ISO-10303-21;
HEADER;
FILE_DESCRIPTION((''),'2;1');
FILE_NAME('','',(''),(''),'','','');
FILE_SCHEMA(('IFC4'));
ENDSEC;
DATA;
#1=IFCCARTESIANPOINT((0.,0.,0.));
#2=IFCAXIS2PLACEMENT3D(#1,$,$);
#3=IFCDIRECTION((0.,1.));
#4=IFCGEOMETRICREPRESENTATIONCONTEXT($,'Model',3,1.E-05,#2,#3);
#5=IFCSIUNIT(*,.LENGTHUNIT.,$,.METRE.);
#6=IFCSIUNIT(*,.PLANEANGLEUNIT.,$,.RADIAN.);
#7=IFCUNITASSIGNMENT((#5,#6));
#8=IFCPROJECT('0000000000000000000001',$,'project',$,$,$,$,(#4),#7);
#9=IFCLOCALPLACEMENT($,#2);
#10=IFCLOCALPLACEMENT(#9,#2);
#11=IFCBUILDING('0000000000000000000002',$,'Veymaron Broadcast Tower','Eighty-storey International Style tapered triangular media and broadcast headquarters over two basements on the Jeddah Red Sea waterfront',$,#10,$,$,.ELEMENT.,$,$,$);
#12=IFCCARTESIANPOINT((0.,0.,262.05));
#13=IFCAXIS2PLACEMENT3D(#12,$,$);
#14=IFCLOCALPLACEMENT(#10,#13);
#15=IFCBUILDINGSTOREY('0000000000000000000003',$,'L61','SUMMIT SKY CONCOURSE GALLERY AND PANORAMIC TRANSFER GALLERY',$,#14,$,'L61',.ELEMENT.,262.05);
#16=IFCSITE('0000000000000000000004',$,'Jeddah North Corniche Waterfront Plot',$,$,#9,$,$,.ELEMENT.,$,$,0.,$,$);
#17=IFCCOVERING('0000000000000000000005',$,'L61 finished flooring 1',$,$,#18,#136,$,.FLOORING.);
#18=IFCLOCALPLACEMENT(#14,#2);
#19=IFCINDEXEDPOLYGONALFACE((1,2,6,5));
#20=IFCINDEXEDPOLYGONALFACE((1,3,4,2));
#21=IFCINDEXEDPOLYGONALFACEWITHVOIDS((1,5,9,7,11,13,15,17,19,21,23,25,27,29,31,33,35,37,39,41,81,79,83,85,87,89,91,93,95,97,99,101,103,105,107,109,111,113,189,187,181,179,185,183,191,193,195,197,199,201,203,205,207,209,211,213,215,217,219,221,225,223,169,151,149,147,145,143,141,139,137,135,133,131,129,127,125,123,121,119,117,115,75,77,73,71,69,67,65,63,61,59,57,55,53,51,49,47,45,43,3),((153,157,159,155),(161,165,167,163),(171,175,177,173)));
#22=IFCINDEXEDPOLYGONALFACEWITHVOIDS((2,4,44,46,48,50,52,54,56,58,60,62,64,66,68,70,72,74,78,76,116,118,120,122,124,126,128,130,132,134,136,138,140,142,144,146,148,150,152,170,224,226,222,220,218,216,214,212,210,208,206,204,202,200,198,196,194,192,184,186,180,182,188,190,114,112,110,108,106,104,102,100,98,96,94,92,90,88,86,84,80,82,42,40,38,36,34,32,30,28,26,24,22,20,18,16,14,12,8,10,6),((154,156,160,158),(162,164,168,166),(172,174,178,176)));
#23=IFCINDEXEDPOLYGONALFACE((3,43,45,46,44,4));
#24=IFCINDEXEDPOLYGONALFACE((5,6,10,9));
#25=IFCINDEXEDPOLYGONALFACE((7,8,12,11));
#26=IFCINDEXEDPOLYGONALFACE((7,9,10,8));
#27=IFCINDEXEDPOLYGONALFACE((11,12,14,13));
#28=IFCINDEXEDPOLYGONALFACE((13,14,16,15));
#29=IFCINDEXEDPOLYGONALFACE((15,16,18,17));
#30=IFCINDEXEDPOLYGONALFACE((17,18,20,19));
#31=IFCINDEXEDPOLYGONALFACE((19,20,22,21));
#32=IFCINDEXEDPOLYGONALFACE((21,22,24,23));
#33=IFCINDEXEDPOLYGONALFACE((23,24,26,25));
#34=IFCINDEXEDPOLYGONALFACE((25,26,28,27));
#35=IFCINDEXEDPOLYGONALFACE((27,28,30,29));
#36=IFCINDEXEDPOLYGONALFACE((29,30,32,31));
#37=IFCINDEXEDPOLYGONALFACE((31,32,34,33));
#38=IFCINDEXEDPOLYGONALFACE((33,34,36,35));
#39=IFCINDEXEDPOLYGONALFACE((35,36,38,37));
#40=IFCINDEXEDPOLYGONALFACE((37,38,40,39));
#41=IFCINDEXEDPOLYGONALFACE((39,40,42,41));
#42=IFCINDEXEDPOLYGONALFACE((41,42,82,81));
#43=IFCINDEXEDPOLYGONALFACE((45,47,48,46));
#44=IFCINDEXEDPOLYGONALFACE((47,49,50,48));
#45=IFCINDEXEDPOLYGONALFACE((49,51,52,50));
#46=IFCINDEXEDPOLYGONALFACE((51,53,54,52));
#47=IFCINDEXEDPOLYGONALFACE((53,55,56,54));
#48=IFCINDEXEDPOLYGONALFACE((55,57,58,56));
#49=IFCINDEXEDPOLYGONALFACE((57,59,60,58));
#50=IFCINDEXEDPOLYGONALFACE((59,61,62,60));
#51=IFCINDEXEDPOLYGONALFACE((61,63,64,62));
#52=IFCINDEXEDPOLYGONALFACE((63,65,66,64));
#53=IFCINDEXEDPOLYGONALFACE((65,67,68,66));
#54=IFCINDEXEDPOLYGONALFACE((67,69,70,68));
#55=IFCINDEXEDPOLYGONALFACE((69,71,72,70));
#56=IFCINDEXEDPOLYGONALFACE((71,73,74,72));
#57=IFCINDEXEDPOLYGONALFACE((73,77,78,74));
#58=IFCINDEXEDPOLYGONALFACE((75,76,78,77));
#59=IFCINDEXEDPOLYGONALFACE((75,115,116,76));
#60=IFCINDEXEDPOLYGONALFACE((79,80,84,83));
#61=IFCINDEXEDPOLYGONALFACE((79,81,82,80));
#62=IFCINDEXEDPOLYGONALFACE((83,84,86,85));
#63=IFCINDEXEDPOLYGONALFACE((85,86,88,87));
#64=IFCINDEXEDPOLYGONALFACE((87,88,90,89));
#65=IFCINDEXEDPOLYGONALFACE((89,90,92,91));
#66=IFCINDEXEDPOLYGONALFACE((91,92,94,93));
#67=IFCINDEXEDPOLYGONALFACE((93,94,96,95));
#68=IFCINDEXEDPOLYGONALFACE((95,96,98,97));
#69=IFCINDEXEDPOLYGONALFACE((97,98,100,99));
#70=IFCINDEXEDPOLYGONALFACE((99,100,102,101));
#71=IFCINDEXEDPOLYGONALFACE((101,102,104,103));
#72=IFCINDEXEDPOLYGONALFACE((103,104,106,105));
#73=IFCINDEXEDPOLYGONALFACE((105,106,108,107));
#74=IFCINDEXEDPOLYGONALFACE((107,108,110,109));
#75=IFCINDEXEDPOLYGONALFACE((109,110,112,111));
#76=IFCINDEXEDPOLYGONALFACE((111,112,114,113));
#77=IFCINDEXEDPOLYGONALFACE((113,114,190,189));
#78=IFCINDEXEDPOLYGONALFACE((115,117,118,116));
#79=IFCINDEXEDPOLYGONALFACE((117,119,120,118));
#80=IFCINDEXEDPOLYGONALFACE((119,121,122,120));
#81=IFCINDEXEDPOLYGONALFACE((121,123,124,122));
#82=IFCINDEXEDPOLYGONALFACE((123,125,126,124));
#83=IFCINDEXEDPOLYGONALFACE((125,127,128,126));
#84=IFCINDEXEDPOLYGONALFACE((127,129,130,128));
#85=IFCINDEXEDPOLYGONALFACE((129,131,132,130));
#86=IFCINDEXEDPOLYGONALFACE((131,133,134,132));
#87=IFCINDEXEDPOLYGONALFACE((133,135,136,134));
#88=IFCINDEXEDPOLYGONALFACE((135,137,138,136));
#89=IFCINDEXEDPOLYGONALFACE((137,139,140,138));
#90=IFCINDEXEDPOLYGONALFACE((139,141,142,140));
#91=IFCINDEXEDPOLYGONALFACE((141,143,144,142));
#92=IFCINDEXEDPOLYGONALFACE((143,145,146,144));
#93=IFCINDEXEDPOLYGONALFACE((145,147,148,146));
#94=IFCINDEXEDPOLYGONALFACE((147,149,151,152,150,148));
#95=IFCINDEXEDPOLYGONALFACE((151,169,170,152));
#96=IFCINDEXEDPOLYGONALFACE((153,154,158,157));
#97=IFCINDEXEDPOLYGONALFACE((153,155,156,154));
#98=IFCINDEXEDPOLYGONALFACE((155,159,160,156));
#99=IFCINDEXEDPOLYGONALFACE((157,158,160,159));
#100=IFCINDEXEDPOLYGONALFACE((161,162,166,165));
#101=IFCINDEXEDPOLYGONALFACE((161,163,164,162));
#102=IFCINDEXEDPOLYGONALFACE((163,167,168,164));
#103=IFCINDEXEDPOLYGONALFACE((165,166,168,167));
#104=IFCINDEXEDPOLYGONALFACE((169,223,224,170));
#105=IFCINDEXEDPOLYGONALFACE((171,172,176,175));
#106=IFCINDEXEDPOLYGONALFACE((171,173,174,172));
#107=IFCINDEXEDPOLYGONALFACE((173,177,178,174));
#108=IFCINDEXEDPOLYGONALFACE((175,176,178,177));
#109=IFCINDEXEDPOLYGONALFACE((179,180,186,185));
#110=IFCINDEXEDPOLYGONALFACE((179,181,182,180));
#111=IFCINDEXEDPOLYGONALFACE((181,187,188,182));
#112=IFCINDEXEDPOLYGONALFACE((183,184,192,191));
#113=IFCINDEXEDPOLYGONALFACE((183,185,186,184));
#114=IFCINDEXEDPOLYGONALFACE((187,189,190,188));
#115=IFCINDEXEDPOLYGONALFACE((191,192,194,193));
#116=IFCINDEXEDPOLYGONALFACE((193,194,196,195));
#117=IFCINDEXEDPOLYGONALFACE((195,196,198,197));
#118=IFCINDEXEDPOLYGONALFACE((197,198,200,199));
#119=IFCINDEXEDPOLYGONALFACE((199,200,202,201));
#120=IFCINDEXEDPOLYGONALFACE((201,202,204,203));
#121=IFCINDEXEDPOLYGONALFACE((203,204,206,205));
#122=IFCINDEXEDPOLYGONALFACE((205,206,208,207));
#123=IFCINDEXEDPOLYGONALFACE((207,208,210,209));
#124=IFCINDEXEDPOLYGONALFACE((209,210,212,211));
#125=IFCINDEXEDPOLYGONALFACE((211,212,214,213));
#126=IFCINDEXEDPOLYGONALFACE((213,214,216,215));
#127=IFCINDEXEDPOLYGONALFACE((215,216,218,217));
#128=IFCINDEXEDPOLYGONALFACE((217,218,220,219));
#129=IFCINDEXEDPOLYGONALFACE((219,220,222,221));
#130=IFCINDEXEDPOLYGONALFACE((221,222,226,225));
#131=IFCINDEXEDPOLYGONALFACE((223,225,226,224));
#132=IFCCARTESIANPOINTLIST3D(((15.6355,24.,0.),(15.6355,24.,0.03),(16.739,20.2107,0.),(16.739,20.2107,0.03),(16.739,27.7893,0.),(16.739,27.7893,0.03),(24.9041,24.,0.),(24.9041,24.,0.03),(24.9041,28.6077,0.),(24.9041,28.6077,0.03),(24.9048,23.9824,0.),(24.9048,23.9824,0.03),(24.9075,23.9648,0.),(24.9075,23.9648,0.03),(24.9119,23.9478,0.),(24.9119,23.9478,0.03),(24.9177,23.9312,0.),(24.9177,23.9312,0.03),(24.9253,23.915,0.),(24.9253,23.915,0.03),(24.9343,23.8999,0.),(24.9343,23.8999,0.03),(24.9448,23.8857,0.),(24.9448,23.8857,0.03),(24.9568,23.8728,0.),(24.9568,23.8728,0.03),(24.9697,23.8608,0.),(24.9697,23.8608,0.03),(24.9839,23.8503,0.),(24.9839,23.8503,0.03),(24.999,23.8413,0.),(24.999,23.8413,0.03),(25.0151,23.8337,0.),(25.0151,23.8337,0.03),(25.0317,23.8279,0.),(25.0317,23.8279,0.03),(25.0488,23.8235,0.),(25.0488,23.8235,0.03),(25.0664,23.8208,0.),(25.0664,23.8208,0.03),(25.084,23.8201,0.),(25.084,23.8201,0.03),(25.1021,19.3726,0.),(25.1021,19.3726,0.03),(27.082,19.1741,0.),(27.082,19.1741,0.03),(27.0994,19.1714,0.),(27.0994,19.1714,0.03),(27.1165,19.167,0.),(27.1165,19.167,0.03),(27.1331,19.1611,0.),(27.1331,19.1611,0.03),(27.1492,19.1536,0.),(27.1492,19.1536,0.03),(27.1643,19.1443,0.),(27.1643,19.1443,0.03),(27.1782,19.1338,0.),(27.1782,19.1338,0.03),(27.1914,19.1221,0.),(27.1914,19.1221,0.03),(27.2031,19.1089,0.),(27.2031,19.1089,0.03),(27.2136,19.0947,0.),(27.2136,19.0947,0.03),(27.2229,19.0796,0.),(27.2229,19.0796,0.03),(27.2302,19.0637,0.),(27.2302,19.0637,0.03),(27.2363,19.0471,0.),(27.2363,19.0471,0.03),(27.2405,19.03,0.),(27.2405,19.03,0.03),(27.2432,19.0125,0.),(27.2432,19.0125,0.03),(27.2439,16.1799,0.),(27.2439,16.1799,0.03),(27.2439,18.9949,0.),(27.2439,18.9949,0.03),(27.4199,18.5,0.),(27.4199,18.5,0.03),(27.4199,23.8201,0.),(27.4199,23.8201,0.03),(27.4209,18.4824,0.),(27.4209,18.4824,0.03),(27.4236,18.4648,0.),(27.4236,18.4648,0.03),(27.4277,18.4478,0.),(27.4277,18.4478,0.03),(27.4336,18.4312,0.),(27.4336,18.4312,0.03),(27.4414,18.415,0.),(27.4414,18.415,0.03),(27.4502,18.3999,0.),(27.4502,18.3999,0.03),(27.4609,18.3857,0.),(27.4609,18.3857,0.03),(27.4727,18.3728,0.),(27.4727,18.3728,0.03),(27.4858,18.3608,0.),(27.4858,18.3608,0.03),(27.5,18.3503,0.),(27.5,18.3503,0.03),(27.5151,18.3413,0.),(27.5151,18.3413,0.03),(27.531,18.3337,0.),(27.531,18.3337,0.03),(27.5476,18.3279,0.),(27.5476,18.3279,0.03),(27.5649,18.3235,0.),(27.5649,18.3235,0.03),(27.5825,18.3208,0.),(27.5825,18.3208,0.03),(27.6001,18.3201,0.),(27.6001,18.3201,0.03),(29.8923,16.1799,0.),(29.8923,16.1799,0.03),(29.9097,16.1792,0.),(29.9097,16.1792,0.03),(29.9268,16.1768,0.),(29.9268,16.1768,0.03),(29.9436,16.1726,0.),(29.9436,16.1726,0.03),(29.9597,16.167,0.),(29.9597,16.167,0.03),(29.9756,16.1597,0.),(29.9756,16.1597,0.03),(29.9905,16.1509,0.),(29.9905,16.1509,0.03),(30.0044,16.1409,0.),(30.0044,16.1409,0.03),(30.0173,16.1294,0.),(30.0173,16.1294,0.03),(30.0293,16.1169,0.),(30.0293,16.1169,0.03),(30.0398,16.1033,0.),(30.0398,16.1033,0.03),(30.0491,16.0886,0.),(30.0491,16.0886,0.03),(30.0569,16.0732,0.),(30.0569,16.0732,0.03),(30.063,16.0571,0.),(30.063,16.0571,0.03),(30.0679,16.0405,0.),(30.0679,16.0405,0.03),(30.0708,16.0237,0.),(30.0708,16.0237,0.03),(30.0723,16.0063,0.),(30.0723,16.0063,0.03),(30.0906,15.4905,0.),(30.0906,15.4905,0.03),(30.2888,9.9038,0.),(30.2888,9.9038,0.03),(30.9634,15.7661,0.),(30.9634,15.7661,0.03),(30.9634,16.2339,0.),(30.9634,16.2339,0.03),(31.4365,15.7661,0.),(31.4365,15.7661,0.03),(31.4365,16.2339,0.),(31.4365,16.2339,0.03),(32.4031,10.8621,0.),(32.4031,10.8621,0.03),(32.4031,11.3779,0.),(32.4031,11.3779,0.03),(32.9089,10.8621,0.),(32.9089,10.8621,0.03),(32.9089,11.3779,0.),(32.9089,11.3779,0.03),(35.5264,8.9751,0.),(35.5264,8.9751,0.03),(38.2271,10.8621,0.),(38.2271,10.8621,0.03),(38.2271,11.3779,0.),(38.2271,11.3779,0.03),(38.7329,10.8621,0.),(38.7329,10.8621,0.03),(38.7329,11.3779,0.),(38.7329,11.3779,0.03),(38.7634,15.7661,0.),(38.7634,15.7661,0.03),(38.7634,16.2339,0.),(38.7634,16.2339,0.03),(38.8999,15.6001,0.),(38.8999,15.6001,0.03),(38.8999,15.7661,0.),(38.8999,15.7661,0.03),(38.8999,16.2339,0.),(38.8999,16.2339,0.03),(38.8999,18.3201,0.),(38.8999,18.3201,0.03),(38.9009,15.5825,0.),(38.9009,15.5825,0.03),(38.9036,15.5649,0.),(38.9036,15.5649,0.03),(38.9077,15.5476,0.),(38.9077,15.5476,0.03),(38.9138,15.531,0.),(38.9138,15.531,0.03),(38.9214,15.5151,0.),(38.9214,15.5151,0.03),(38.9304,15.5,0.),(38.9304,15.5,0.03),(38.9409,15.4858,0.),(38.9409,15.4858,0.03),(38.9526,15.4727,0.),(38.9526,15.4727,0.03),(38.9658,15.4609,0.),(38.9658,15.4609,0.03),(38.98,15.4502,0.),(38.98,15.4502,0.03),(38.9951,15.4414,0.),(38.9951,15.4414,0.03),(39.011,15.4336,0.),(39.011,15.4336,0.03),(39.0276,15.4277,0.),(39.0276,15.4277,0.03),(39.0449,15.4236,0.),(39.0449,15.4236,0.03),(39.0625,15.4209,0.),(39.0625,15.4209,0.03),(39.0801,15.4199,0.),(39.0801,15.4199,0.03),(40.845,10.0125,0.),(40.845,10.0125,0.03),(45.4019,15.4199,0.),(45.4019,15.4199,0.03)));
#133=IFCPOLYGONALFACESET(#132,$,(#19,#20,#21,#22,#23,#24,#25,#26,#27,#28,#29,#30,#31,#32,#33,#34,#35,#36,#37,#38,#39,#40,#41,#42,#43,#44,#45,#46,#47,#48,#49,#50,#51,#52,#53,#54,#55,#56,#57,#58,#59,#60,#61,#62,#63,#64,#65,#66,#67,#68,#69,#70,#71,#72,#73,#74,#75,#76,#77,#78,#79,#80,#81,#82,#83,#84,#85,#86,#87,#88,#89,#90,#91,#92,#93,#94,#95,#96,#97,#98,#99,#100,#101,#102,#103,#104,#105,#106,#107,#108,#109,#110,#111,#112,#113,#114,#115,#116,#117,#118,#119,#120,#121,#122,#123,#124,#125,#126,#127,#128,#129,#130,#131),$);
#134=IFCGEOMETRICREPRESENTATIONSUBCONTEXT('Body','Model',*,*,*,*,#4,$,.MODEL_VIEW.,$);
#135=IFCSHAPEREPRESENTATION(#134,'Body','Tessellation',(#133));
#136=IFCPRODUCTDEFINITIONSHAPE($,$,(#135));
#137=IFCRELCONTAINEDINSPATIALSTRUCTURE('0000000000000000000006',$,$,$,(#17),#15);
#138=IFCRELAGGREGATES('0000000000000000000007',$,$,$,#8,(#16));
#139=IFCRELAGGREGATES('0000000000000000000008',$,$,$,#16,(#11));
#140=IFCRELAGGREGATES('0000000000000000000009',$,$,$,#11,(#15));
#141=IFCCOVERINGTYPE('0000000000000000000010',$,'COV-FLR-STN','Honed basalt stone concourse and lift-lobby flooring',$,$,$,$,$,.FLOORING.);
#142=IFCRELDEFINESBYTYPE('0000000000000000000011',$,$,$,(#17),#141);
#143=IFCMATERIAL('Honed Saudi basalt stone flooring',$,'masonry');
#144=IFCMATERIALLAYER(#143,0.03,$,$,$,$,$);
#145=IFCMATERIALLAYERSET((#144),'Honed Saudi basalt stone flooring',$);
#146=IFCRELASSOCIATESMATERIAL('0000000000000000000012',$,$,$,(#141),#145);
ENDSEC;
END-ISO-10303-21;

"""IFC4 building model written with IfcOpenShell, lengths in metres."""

from ifc_helpers import new_model, si_unit, direction, frame, origin, place, context, subcontext, project, spatial, polyline, outline, extrude, material, layer, layer_set, type_object, element, save


model = new_model("IFC4")

# Units and contexts
model_context = context("Model", 3, precision=1e-05, world=origin(), true_north=direction((0.0, 1.0)))
body_context = subcontext(model_context, "Body", "Model", "MODEL_VIEW")
ifc_project = project(units=[si_unit("LENGTHUNIT", "METRE"), si_unit("PLANEANGLEUNIT", "RADIAN")], contexts=[model_context])

# Site, building, storey
site_placement = place(None, origin())
site = spatial("IfcSite", under=ifc_project, at=site_placement, Name="Jeddah North Corniche Waterfront Plot", CompositionType="ELEMENT", RefElevation=0.0)
building_placement = place(site_placement, origin())
building = spatial("IfcBuilding", under=site, at=building_placement, Name="Veymaron Broadcast Tower", Description="Eighty-storey International Style tapered triangular media and broadcast headquarters over two basements on the Jeddah Red Sea waterfront", CompositionType="ELEMENT")
storey_placement = place(building_placement, frame((0.0, 0.0, 262.05)))
storey = spatial("IfcBuildingStorey", under=building, at=storey_placement, Name="L61", Description="SUMMIT SKY CONCOURSE GALLERY AND PANORAMIC TRANSFER GALLERY", LongName="L61", CompositionType="ELEMENT", Elevation=262.05)

# Covering
ifc_material_1 = material(Name="Honed Saudi basalt stone flooring", Category="masonry")
ifc_layer_1 = layer(ifc_material_1, 0.03)
ifc_layer_set_1 = layer_set([ifc_layer_1], Name="Honed Saudi basalt stone flooring")
covering_type_1 = type_object("IfcCoveringType", Name="COV-FLR-STN", Description="Honed basalt stone concourse and lift-lobby flooring", PredefinedType="FLOORING", material=ifc_layer_set_1)
covering_1_placement = place(storey_placement, origin())
element("IfcCovering", 1, at=covering_1_placement, inside=storey, type_object=covering_type_1, Name="L61 finished flooring 1", PredefinedType="FLOORING", context=body_context, shape_type="SweptSolid", body=[
    extrude(outline(polyline([(29.9097, 16.1792), (29.8923, 16.1799), (27.2439, 16.1799), (27.2439, 18.9949), (27.2432, 19.0125), (27.2405, 19.03), (27.2363, 19.0471), (27.2302, 19.0637), (27.2229, 19.0796), (27.2136, 19.0947), (27.2031, 19.1089), (27.1914, 19.1221), (27.1782, 19.1338), (27.1643, 19.1443), (27.1492, 19.1536), (27.1331, 19.1611), (27.1165, 19.167), (27.0994, 19.1714), (27.082, 19.1741), (25.1021, 19.3726), (16.739, 20.2107), (15.6355, 24.0), (16.739, 27.7893), (24.9041, 28.6077), (24.9041, 24.0), (24.9048, 23.9824), (24.9075, 23.9648), (24.9119, 23.9478), (24.9177, 23.9312), (24.9253, 23.915), (24.9343, 23.8999), (24.9448, 23.8857), (24.9568, 23.8728), (24.9697, 23.8608), (24.9839, 23.8503), (24.999, 23.8413), (25.0151, 23.8337), (25.0317, 23.8279), (25.0488, 23.8235), (25.0664, 23.8208), (25.084, 23.8201), (27.4199, 23.8201), (27.4199, 18.5), (27.4209, 18.4824), (27.4236, 18.4648), (27.4277, 18.4478), (27.4336, 18.4312), (27.4414, 18.415), (27.4502, 18.3999), (27.4609, 18.3857), (27.4727, 18.3728), (27.4858, 18.3608), (27.5, 18.3503), (27.5151, 18.3413), (27.531, 18.3337), (27.5476, 18.3279), (27.5649, 18.3235), (27.5825, 18.3208), (27.6001, 18.3201), (38.8999, 18.3201), (38.8999, 16.2339), (38.7634, 16.2339), (38.7634, 15.7661), (38.8999, 15.7661), (38.8999, 15.6001), (38.9009, 15.5825), (38.9036, 15.5649), (38.9077, 15.5476), (38.9138, 15.531), (38.9214, 15.5151), (38.9304, 15.5), (38.9409, 15.4858), (38.9526, 15.4727), (38.9658, 15.4609), (38.98, 15.4502), (38.9951, 15.4414), (39.011, 15.4336), (39.0276, 15.4277), (39.0449, 15.4236), (39.0625, 15.4209), (39.0801, 15.4199), (45.4019, 15.4199), (40.845, 10.0125), (35.5264, 8.9751), (30.2888, 9.9038), (30.0906, 15.4905), (30.0723, 16.0063), (30.0708, 16.0237), (30.0679, 16.0405), (30.063, 16.0571), (30.0569, 16.0732), (30.0491, 16.0886), (30.0398, 16.1033), (30.0293, 16.1169), (30.0173, 16.1294), (30.0044, 16.1409), (29.9905, 16.1509), (29.9756, 16.1597), (29.9597, 16.167), (29.9436, 16.1726), (29.9268, 16.1768), (29.9097, 16.1792)]), holes=[polyline([(38.7329, 11.3779), (38.2271, 11.3779), (38.2271, 10.8621), (38.7329, 10.8621), (38.7329, 11.3779)]), polyline([(32.4031, 11.3779), (32.4031, 10.8621), (32.9089, 10.8621), (32.9089, 11.3779), (32.4031, 11.3779)]), polyline([(30.9634, 16.2339), (30.9634, 15.7661), (31.4365, 15.7661), (31.4365, 16.2339), (30.9634, 16.2339)])]), origin(), (0.0, 0.0, 1.0), 0.03),
])

save(model, "model.ifc")
